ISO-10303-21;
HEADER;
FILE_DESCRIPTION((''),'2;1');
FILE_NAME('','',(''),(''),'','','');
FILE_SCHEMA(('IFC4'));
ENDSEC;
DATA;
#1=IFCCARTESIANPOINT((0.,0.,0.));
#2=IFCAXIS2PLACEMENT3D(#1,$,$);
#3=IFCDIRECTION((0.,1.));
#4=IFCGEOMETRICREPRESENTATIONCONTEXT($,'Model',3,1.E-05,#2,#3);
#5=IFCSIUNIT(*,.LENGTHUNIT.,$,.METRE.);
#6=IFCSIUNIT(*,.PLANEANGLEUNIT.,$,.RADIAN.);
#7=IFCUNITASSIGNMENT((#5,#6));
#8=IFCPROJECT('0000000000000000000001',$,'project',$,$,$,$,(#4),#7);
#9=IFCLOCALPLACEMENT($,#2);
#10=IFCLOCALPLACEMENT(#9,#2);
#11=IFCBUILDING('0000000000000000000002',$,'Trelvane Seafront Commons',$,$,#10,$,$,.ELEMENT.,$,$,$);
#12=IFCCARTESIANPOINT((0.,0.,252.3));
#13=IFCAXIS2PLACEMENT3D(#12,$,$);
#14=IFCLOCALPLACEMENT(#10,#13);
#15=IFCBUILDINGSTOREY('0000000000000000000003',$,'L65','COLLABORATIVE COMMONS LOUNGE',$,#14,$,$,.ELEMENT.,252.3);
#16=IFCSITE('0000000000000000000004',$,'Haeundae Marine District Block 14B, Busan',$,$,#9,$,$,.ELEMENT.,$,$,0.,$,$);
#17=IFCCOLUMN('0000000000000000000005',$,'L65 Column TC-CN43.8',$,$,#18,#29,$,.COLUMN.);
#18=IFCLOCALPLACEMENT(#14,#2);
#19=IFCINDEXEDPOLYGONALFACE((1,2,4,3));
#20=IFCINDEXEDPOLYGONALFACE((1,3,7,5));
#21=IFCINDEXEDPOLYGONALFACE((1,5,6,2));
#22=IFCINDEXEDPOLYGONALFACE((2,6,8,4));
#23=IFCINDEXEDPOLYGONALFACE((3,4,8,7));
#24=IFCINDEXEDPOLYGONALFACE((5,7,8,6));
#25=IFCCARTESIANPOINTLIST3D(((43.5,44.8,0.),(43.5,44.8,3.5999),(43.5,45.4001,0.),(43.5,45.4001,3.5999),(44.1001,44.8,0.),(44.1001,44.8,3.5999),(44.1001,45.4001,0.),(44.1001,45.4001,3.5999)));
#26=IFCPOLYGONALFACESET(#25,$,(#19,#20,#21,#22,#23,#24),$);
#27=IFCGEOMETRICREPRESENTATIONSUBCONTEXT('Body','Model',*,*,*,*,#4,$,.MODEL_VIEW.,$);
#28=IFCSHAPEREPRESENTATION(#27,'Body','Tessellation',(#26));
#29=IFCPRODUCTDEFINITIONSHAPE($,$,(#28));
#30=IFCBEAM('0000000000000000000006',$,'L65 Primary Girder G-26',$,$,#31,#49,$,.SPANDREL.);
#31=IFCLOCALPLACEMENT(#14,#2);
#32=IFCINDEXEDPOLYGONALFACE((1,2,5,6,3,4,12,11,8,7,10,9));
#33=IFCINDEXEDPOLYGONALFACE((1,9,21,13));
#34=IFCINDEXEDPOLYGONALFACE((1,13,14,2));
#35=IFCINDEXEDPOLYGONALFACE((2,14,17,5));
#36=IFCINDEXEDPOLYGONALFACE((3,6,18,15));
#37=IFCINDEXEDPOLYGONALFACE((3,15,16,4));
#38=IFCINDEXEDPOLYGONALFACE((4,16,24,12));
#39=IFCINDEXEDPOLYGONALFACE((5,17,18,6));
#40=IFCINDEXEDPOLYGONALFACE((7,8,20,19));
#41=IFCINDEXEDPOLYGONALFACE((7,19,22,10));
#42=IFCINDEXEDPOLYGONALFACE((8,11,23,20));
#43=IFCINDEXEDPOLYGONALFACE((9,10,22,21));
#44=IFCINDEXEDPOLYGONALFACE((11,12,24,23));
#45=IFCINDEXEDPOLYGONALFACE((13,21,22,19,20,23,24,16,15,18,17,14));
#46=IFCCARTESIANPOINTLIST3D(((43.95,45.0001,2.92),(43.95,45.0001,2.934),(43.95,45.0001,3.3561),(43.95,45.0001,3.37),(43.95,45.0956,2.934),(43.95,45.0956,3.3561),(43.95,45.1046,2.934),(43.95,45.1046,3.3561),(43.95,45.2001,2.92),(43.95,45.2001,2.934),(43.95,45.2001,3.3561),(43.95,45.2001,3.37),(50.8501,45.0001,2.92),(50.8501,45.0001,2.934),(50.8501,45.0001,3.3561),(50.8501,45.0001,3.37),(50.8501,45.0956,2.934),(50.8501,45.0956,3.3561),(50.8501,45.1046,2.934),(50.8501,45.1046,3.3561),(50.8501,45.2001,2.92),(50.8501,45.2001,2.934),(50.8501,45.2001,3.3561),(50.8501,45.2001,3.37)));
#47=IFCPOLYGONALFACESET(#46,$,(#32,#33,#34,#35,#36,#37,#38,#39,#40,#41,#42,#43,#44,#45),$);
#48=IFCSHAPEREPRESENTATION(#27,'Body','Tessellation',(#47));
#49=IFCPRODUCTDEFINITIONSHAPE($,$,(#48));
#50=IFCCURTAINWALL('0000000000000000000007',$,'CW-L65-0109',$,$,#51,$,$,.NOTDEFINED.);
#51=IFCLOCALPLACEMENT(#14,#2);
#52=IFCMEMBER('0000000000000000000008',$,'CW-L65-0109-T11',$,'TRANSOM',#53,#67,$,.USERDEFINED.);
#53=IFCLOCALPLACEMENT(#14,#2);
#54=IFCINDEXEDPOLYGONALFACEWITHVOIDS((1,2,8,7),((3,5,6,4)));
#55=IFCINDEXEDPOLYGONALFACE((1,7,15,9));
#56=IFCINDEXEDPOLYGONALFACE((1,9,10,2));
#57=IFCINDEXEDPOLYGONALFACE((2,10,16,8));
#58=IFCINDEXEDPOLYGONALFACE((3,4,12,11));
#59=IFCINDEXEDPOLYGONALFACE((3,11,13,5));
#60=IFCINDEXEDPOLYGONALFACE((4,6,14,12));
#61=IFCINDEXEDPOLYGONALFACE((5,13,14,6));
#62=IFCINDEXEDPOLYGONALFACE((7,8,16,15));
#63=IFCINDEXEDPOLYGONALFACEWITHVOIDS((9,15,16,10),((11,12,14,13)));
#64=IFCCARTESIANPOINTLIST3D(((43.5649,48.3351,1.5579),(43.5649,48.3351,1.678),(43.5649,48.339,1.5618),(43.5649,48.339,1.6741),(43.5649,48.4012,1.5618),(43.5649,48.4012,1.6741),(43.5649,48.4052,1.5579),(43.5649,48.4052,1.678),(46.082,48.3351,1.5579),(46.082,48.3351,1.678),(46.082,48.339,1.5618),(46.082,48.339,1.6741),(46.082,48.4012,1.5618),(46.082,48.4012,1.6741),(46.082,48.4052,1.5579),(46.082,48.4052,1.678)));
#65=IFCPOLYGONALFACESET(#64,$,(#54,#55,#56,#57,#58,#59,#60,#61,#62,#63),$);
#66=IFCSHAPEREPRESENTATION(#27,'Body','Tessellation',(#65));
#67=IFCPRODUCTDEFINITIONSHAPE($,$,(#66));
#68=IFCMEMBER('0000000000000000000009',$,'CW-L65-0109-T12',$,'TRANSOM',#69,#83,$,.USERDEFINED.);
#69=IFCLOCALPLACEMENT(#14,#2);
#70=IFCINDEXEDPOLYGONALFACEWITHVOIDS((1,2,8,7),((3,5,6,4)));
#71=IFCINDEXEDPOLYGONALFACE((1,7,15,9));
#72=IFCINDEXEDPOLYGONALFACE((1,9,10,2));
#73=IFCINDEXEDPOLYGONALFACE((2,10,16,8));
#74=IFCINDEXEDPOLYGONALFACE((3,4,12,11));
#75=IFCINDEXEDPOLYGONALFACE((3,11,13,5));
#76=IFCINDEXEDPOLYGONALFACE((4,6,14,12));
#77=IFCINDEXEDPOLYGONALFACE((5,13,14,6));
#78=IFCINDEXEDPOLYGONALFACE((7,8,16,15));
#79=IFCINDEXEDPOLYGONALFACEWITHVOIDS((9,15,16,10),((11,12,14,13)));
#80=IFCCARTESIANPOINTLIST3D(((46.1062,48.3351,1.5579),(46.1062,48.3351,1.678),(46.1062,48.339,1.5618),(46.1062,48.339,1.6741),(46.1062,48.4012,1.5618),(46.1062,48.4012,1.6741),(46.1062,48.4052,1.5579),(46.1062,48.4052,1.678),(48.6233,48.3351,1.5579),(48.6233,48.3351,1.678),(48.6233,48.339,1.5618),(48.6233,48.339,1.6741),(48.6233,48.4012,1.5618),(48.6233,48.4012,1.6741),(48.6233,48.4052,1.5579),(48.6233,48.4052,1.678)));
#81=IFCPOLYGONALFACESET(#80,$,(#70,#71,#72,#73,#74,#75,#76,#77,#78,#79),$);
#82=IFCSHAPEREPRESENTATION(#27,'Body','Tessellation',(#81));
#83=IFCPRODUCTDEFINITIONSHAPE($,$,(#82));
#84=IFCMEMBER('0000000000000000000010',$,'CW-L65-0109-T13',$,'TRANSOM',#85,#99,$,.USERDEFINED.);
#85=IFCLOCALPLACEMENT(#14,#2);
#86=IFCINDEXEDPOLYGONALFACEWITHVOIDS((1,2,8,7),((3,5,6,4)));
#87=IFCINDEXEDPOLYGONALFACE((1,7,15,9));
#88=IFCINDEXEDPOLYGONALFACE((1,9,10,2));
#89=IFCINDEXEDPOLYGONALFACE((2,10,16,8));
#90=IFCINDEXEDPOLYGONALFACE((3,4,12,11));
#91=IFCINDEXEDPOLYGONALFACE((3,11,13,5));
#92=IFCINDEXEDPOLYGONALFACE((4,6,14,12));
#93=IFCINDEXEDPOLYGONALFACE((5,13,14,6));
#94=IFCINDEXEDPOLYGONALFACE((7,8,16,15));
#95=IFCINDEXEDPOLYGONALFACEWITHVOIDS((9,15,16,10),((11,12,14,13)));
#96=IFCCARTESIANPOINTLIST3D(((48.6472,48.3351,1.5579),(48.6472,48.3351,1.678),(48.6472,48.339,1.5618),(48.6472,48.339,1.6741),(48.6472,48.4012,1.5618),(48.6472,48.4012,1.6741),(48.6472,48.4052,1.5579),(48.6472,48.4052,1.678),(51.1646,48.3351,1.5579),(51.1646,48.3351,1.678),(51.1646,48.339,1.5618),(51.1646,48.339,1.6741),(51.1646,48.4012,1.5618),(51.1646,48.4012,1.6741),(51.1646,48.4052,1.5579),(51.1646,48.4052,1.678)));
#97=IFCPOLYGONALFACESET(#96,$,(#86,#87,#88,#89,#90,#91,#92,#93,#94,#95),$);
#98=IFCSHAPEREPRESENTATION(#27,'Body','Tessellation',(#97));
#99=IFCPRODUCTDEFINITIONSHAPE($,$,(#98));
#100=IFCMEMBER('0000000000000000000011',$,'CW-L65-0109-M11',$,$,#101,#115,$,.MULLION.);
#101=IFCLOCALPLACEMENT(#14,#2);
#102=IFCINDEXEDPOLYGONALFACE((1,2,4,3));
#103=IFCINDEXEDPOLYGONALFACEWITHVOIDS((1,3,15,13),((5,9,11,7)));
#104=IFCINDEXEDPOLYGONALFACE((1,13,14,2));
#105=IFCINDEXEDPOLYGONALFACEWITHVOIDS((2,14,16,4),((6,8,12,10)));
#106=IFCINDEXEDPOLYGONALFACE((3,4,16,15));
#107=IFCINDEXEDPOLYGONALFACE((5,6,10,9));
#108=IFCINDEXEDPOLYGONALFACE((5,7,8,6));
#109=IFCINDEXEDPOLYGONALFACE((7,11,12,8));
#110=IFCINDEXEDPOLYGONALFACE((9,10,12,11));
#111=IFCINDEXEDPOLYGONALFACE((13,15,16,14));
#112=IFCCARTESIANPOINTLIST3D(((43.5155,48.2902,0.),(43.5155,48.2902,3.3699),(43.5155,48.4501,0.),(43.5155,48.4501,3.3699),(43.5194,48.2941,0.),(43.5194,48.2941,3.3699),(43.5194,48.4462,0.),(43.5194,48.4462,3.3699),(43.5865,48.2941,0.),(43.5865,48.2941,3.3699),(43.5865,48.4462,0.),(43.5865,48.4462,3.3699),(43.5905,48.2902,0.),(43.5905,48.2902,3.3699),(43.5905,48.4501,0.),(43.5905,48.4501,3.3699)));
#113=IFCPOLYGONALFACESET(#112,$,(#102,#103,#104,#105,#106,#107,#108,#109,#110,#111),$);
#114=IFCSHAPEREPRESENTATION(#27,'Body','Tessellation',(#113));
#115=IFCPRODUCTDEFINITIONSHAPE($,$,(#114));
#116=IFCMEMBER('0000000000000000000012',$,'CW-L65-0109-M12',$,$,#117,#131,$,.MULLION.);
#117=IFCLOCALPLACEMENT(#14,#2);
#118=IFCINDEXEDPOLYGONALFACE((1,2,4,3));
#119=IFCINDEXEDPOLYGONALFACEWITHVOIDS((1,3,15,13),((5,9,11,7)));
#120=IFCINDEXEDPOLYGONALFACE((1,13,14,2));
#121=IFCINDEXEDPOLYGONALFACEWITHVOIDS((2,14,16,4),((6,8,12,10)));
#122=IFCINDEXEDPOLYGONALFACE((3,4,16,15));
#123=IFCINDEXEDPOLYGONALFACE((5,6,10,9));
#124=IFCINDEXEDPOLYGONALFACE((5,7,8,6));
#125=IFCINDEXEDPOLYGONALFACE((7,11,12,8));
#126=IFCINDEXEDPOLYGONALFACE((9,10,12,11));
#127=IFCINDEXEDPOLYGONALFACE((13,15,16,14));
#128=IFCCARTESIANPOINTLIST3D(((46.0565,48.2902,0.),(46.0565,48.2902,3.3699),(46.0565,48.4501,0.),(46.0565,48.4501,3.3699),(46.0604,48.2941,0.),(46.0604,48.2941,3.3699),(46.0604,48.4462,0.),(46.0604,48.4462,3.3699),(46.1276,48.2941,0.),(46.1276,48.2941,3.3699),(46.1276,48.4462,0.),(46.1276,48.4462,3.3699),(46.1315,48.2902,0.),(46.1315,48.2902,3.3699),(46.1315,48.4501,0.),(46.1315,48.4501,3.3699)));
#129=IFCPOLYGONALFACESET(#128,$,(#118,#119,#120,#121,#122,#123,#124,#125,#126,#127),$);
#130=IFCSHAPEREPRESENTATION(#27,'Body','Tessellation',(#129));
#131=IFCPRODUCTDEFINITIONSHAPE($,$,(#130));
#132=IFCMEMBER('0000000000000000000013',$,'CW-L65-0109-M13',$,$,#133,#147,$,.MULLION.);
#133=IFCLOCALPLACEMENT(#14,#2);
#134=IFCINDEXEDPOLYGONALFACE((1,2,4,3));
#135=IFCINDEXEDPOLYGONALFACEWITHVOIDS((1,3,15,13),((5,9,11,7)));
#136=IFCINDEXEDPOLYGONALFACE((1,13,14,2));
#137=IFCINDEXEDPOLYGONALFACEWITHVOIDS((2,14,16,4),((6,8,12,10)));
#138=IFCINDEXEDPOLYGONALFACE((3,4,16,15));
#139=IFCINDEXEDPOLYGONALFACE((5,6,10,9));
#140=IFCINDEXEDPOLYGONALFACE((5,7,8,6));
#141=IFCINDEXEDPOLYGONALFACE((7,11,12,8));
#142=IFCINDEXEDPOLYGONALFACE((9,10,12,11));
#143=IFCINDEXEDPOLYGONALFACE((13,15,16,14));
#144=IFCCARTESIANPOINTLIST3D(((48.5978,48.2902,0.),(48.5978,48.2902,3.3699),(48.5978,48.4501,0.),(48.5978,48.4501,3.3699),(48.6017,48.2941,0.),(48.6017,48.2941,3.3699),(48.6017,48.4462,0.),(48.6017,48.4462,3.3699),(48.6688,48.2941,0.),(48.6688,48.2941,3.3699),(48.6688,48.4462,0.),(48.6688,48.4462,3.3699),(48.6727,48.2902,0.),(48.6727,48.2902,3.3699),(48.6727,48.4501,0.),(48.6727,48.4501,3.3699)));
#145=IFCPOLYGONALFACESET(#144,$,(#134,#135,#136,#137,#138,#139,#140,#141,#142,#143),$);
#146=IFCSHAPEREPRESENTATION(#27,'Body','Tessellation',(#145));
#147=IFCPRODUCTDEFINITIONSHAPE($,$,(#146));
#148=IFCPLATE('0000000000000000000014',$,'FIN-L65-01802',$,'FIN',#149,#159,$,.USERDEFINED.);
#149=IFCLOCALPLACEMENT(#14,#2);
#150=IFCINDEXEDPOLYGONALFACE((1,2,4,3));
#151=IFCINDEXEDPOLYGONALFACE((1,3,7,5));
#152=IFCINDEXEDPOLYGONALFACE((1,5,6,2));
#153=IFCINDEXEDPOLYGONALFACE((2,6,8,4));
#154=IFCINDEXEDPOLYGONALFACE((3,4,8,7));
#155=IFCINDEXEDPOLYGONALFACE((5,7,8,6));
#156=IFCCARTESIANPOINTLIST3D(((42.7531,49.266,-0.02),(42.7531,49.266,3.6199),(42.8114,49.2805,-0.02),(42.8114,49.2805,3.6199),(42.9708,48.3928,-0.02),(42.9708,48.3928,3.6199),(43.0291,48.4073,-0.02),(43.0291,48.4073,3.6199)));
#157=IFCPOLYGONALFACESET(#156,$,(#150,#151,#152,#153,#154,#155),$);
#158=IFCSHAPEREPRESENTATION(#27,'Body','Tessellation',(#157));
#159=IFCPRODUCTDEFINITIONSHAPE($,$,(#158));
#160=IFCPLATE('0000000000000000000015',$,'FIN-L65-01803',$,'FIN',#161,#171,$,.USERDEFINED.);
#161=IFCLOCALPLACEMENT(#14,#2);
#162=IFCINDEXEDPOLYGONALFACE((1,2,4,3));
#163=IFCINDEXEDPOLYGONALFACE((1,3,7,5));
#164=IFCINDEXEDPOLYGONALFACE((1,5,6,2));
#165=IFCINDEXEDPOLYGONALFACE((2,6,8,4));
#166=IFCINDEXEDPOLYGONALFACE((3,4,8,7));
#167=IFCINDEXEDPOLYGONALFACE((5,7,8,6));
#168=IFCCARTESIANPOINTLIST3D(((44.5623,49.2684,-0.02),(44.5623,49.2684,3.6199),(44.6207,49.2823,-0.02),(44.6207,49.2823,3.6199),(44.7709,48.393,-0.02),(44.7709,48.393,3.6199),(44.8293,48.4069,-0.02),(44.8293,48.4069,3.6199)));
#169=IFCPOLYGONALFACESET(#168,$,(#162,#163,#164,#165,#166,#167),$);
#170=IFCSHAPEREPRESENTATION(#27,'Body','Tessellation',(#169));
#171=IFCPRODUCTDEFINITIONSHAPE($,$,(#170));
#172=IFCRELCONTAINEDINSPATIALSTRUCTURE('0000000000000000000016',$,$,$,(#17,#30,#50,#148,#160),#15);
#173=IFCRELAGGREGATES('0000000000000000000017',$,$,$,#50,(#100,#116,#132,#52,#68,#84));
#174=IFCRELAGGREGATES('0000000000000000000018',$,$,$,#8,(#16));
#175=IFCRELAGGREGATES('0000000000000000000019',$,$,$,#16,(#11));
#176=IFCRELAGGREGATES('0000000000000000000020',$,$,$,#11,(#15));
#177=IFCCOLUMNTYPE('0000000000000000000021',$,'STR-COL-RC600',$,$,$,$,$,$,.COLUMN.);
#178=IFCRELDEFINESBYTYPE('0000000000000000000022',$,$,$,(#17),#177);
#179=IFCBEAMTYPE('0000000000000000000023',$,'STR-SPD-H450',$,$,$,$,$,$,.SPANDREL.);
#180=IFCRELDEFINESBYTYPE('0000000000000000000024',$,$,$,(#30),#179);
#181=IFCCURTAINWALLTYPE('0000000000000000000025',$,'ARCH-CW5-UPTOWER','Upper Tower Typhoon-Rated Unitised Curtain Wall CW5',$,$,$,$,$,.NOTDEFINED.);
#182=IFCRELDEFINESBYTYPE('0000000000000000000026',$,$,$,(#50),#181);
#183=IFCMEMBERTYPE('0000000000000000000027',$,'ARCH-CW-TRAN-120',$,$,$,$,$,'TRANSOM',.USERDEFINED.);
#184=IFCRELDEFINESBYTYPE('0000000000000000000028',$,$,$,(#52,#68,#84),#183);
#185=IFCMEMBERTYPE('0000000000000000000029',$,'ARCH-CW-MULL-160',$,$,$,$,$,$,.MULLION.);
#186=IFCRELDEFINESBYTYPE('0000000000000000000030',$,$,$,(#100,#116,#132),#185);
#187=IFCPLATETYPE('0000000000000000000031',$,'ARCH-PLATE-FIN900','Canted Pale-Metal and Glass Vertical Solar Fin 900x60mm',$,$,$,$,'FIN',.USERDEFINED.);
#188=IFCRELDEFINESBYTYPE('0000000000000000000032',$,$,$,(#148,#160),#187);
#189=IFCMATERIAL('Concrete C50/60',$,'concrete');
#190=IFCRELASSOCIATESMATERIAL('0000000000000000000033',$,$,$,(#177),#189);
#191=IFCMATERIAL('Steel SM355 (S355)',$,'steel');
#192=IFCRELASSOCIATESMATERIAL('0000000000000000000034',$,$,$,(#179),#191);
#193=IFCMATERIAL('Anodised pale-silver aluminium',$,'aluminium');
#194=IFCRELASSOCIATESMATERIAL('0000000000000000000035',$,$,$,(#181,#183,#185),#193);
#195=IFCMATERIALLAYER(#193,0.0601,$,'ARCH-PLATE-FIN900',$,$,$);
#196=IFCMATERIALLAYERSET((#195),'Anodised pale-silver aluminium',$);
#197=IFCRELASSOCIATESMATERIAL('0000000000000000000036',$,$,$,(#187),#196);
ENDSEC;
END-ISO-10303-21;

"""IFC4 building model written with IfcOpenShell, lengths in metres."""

from ifc_helpers import new_model, si_unit, direction, frame, origin, origin_2d, place, context, subcontext, project, spatial, rectangle, hollow_rectangle, i_section, extrude, source, transform, mapped, material, layer, layer_set, material_profile, profile_set, type_object, element, aggregate, save


model = new_model("IFC4")

# Units and contexts
model_context = context("Model", 3, precision=1e-05, world=origin(), true_north=direction((0.0, 1.0)))
body_context = subcontext(model_context, "Body", "Model", "MODEL_VIEW")
ifc_project = project(units=[si_unit("LENGTHUNIT", "METRE"), si_unit("PLANEANGLEUNIT", "RADIAN")], contexts=[model_context])

# Site, building, storey
site_placement = place(None, origin())
site = spatial("IfcSite", under=ifc_project, at=site_placement, Name="Haeundae Marine District Block 14B, Busan", CompositionType="ELEMENT", RefElevation=0.0)
building_placement = place(site_placement, origin())
building = spatial("IfcBuilding", under=site, at=building_placement, Name="Trelvane Seafront Commons", CompositionType="ELEMENT")
storey_placement = place(building_placement, frame((0.0, 0.0, 252.3)))
storey = spatial("IfcBuildingStorey", under=building, at=storey_placement, Name="L65", Description="COLLABORATIVE COMMONS LOUNGE", CompositionType="ELEMENT", Elevation=252.3)

# Column
ifc_material_1 = material(Name="Concrete C50/60", Category="concrete")
ifc_material_profile_1 = material_profile(ifc_material_1, rectangle(XDim=0.6001, YDim=0.6001, at=origin_2d()), Name="RC-600x600")
ifc_profile_set_1 = profile_set([ifc_material_profile_1], Name="Concrete C50/60")
column_type = type_object("IfcColumnType", Name="STR-COL-RC600", PredefinedType="COLUMN", material=ifc_profile_set_1)
shared_shape_1 = source(origin(), body_context, "Body", "SweptSolid", [
    extrude(rectangle(XDim=0.6001, YDim=0.6001, at=origin_2d()), origin(), (0.0, 0.0, 1.0), 3.5999),
])
column_placement = place(storey_placement, frame((43.8, 45.1001, 0.0), z_axis=(0.0, 0.0, 1.0), x_axis=(1.0, 0.0, 0.0)))
element("IfcColumn", 1, at=column_placement, inside=storey, type_object=column_type, Name="L65 Column TC-CN43.8", PredefinedType="COLUMN", context=body_context, shape_type="MappedRepresentation", body=[
    mapped(shared_shape_1, transform((0.0, 0.0, 0.0), x_axis=(1.0, 0.0, 0.0), y_axis=(0.0, 1.0, 0.0), z_axis=(0.0, 0.0, 1.0), scale=1.0)),
])

# Beam
ifc_material_2 = material(Name="Steel SM355 (S355)", Category="steel")
ifc_material_profile_2 = material_profile(ifc_material_2, i_section(OverallWidth=0.2, OverallDepth=0.45, WebThickness=0.009, FlangeThickness=0.0139, at=origin_2d()), Name="H-450x200x9x14")
ifc_profile_set_2 = profile_set([ifc_material_profile_2], Name="Steel SM355 (S355)")
beam_type = type_object("IfcBeamType", Name="STR-SPD-H450", PredefinedType="SPANDREL", material=ifc_profile_set_2)
shared_shape_2 = source(origin(), body_context, "Body", "SweptSolid", [
    extrude(i_section(OverallWidth=0.2, OverallDepth=0.45, WebThickness=0.009, FlangeThickness=0.0139, at=origin_2d()), origin(), (0.0, 0.0, 1.0), 6.9001),
])
beam_placement = place(storey_placement, frame((43.95, 45.1001, 3.145), z_axis=(1.0, 0.0, 0.0), x_axis=(0.0, 1.0, 0.0)))
element("IfcBeam", 2, at=beam_placement, inside=storey, type_object=beam_type, Name="L65 Primary Girder G-26", PredefinedType="SPANDREL", context=body_context, shape_type="MappedRepresentation", body=[
    mapped(shared_shape_2, transform((0.0, 0.0, 0.0), x_axis=(1.0, 0.0, 0.0), y_axis=(0.0, 1.0, 0.0), z_axis=(0.0, 0.0, 1.0), scale=1.0)),
])

# Curtain wall, members
ifc_material_3 = material(Name="Anodised pale-silver aluminium", Category="aluminium")
curtain_wall_type = type_object("IfcCurtainWallType", Name="ARCH-CW5-UPTOWER", Description="Upper Tower Typhoon-Rated Unitised Curtain Wall CW5", PredefinedType="NOTDEFINED", material=ifc_material_3)
curtain_wall_placement = place(storey_placement, origin())
curtain_wall = element("IfcCurtainWall", 3, at=curtain_wall_placement, inside=storey, type_object=curtain_wall_type, Name="CW-L65-0109", PredefinedType="NOTDEFINED")
ifc_material_profile_3 = material_profile(ifc_material_3, hollow_rectangle(XDim=0.0701, YDim=0.1201, WallThickness=0.0039, at=origin_2d()), Name="TRAN-70x120x4")
ifc_profile_set_3 = profile_set([ifc_material_profile_3], Name="Anodised pale-silver aluminium")
member_type_1 = type_object("IfcMemberType", Name="ARCH-CW-TRAN-120", ElementType="TRANSOM", PredefinedType="USERDEFINED", material=ifc_profile_set_3)
shared_shape_3 = source(origin(), body_context, "Body", "SweptSolid", [
    extrude(hollow_rectangle(XDim=0.0701, YDim=0.1201, WallThickness=0.0039, at=origin_2d()), origin(), (0.0, 0.0, 1.0), 2.5171),
])
member_1_placement = place(storey_placement, frame((43.5649, 48.3701, 1.6179), z_axis=(1.0, 0.0, 0.0), x_axis=(0.0, 1.0, 0.0)))
member_1 = element("IfcMember", 4, at=member_1_placement, type_object=member_type_1, Name="CW-L65-0109-T11", ObjectType="TRANSOM", PredefinedType="USERDEFINED", context=body_context, shape_type="MappedRepresentation", body=[
    mapped(shared_shape_3, transform((0.0, 0.0, 0.0), x_axis=(1.0, 0.0, 0.0), y_axis=(0.0, 1.0, 0.0), z_axis=(0.0, 0.0, 1.0), scale=1.0)),
])
member_2_placement = place(storey_placement, frame((46.1062, 48.3701, 1.6179), z_axis=(1.0, 0.0, 0.0), x_axis=(0.0, 1.0, 0.0)))
member_2 = element("IfcMember", 5, at=member_2_placement, type_object=member_type_1, Name="CW-L65-0109-T12", ObjectType="TRANSOM", PredefinedType="USERDEFINED", context=body_context, shape_type="MappedRepresentation", body=[
    mapped(shared_shape_3, transform((0.0, 0.0, 0.0), x_axis=(1.0, 0.0, 0.0), y_axis=(0.0, 1.0, 0.0), z_axis=(0.0, 0.0, 1.0), scale=1.0)),
])
shared_shape_4 = source(origin(), body_context, "Body", "SweptSolid", [
    extrude(hollow_rectangle(XDim=0.0701, YDim=0.1201, WallThickness=0.0039, at=origin_2d()), origin(), (0.0, 0.0, 1.0), 2.5173),
])
member_3_placement = place(storey_placement, frame((48.6472, 48.3701, 1.6179), z_axis=(1.0, 0.0, 0.0), x_axis=(0.0, 1.0, 0.0)))
member_3 = element("IfcMember", 6, at=member_3_placement, type_object=member_type_1, Name="CW-L65-0109-T13", ObjectType="TRANSOM", PredefinedType="USERDEFINED", context=body_context, shape_type="MappedRepresentation", body=[
    mapped(shared_shape_4, transform((0.0, 0.0, 0.0), x_axis=(1.0, 0.0, 0.0), y_axis=(0.0, 1.0, 0.0), z_axis=(0.0, 0.0, 1.0), scale=1.0)),
])
ifc_material_profile_4 = material_profile(ifc_material_3, hollow_rectangle(XDim=0.075, YDim=0.1599, WallThickness=0.0039, at=origin_2d()), Name="MULL-75x160x4")
ifc_profile_set_4 = profile_set([ifc_material_profile_4], Name="Anodised pale-silver aluminium")
member_type_2 = type_object("IfcMemberType", Name="ARCH-CW-MULL-160", PredefinedType="MULLION", material=ifc_profile_set_4)
shared_shape_5 = source(origin(), body_context, "Body", "SweptSolid", [
    extrude(hollow_rectangle(XDim=0.075, YDim=0.1599, WallThickness=0.0039, at=origin_2d()), origin(), (0.0, 0.0, 1.0), 3.3699),
])
member_4_placement = place(storey_placement, frame((43.553, 48.3701, 0.0), z_axis=(0.0, 0.0, 1.0), x_axis=(1.0, 0.0, 0.0)))
member_4 = element("IfcMember", 7, at=member_4_placement, type_object=member_type_2, Name="CW-L65-0109-M11", PredefinedType="MULLION", context=body_context, shape_type="MappedRepresentation", body=[
    mapped(shared_shape_5, transform((0.0, 0.0, 0.0), x_axis=(1.0, 0.0, 0.0), y_axis=(0.0, 1.0, 0.0), z_axis=(0.0, 0.0, 1.0), scale=1.0)),
])
member_5_placement = place(storey_placement, frame((46.094, 48.3701, 0.0), z_axis=(0.0, 0.0, 1.0), x_axis=(1.0, 0.0, 0.0)))
member_5 = element("IfcMember", 8, at=member_5_placement, type_object=member_type_2, Name="CW-L65-0109-M12", PredefinedType="MULLION", context=body_context, shape_type="MappedRepresentation", body=[
    mapped(shared_shape_5, transform((0.0, 0.0, 0.0), x_axis=(1.0, 0.0, 0.0), y_axis=(0.0, 1.0, 0.0), z_axis=(0.0, 0.0, 1.0), scale=1.0)),
])
member_6_placement = place(storey_placement, frame((48.6353, 48.3701, 0.0), z_axis=(0.0, 0.0, 1.0), x_axis=(1.0, 0.0, 0.0)))
member_6 = element("IfcMember", 9, at=member_6_placement, type_object=member_type_2, Name="CW-L65-0109-M13", PredefinedType="MULLION", context=body_context, shape_type="MappedRepresentation", body=[
    mapped(shared_shape_5, transform((0.0, 0.0, 0.0), x_axis=(1.0, 0.0, 0.0), y_axis=(0.0, 1.0, 0.0), z_axis=(0.0, 0.0, 1.0), scale=1.0)),
])

# Plates
ifc_layer_1 = layer(ifc_material_3, 0.0601, Name="ARCH-PLATE-FIN900")
ifc_layer_set_1 = layer_set([ifc_layer_1], Name="Anodised pale-silver aluminium")
plate_type_1 = type_object("IfcPlateType", Name="ARCH-PLATE-FIN900", Description="Canted Pale-Metal and Glass Vertical Solar Fin 900x60mm", ElementType="FIN", PredefinedType="USERDEFINED", material=ifc_layer_set_1)
shared_shape_6 = source(origin(), body_context, "Body", "SweptSolid", [
    extrude(rectangle(XDim=0.8999, YDim=0.0601, at=origin_2d()), origin(), (0.0, 0.0, 1.0), 3.6399),
])
for number, where, z_axis, x_axis, name in (
    (10, (42.8911, 48.8367, -0.02), (0.0, 0.0, 1.0), (-0.241881, 0.970306, 0.0), "FIN-L65-01802"),
    (11, (44.6958, 48.8376, -0.02), (0.0, 0.0, 1.0), (-0.23188, 0.972744, 0.0), "FIN-L65-01803"),
):
    element("IfcPlate", number, at=place(storey_placement, frame(where, z_axis=z_axis, x_axis=x_axis)), inside=storey, type_object=plate_type_1, Name=name, ObjectType="FIN", PredefinedType="USERDEFINED", context=body_context, shape_type="MappedRepresentation", body=[
        mapped(shared_shape_6, transform((0.0, 0.0, 0.0), x_axis=(1.0, 0.0, 0.0), y_axis=(0.0, 1.0, 0.0), z_axis=(0.0, 0.0, 1.0), scale=1.0)),
    ])

aggregate(curtain_wall, [member_4, member_5, member_6, member_1, member_2, member_3])

save(model, "model.ifc")
